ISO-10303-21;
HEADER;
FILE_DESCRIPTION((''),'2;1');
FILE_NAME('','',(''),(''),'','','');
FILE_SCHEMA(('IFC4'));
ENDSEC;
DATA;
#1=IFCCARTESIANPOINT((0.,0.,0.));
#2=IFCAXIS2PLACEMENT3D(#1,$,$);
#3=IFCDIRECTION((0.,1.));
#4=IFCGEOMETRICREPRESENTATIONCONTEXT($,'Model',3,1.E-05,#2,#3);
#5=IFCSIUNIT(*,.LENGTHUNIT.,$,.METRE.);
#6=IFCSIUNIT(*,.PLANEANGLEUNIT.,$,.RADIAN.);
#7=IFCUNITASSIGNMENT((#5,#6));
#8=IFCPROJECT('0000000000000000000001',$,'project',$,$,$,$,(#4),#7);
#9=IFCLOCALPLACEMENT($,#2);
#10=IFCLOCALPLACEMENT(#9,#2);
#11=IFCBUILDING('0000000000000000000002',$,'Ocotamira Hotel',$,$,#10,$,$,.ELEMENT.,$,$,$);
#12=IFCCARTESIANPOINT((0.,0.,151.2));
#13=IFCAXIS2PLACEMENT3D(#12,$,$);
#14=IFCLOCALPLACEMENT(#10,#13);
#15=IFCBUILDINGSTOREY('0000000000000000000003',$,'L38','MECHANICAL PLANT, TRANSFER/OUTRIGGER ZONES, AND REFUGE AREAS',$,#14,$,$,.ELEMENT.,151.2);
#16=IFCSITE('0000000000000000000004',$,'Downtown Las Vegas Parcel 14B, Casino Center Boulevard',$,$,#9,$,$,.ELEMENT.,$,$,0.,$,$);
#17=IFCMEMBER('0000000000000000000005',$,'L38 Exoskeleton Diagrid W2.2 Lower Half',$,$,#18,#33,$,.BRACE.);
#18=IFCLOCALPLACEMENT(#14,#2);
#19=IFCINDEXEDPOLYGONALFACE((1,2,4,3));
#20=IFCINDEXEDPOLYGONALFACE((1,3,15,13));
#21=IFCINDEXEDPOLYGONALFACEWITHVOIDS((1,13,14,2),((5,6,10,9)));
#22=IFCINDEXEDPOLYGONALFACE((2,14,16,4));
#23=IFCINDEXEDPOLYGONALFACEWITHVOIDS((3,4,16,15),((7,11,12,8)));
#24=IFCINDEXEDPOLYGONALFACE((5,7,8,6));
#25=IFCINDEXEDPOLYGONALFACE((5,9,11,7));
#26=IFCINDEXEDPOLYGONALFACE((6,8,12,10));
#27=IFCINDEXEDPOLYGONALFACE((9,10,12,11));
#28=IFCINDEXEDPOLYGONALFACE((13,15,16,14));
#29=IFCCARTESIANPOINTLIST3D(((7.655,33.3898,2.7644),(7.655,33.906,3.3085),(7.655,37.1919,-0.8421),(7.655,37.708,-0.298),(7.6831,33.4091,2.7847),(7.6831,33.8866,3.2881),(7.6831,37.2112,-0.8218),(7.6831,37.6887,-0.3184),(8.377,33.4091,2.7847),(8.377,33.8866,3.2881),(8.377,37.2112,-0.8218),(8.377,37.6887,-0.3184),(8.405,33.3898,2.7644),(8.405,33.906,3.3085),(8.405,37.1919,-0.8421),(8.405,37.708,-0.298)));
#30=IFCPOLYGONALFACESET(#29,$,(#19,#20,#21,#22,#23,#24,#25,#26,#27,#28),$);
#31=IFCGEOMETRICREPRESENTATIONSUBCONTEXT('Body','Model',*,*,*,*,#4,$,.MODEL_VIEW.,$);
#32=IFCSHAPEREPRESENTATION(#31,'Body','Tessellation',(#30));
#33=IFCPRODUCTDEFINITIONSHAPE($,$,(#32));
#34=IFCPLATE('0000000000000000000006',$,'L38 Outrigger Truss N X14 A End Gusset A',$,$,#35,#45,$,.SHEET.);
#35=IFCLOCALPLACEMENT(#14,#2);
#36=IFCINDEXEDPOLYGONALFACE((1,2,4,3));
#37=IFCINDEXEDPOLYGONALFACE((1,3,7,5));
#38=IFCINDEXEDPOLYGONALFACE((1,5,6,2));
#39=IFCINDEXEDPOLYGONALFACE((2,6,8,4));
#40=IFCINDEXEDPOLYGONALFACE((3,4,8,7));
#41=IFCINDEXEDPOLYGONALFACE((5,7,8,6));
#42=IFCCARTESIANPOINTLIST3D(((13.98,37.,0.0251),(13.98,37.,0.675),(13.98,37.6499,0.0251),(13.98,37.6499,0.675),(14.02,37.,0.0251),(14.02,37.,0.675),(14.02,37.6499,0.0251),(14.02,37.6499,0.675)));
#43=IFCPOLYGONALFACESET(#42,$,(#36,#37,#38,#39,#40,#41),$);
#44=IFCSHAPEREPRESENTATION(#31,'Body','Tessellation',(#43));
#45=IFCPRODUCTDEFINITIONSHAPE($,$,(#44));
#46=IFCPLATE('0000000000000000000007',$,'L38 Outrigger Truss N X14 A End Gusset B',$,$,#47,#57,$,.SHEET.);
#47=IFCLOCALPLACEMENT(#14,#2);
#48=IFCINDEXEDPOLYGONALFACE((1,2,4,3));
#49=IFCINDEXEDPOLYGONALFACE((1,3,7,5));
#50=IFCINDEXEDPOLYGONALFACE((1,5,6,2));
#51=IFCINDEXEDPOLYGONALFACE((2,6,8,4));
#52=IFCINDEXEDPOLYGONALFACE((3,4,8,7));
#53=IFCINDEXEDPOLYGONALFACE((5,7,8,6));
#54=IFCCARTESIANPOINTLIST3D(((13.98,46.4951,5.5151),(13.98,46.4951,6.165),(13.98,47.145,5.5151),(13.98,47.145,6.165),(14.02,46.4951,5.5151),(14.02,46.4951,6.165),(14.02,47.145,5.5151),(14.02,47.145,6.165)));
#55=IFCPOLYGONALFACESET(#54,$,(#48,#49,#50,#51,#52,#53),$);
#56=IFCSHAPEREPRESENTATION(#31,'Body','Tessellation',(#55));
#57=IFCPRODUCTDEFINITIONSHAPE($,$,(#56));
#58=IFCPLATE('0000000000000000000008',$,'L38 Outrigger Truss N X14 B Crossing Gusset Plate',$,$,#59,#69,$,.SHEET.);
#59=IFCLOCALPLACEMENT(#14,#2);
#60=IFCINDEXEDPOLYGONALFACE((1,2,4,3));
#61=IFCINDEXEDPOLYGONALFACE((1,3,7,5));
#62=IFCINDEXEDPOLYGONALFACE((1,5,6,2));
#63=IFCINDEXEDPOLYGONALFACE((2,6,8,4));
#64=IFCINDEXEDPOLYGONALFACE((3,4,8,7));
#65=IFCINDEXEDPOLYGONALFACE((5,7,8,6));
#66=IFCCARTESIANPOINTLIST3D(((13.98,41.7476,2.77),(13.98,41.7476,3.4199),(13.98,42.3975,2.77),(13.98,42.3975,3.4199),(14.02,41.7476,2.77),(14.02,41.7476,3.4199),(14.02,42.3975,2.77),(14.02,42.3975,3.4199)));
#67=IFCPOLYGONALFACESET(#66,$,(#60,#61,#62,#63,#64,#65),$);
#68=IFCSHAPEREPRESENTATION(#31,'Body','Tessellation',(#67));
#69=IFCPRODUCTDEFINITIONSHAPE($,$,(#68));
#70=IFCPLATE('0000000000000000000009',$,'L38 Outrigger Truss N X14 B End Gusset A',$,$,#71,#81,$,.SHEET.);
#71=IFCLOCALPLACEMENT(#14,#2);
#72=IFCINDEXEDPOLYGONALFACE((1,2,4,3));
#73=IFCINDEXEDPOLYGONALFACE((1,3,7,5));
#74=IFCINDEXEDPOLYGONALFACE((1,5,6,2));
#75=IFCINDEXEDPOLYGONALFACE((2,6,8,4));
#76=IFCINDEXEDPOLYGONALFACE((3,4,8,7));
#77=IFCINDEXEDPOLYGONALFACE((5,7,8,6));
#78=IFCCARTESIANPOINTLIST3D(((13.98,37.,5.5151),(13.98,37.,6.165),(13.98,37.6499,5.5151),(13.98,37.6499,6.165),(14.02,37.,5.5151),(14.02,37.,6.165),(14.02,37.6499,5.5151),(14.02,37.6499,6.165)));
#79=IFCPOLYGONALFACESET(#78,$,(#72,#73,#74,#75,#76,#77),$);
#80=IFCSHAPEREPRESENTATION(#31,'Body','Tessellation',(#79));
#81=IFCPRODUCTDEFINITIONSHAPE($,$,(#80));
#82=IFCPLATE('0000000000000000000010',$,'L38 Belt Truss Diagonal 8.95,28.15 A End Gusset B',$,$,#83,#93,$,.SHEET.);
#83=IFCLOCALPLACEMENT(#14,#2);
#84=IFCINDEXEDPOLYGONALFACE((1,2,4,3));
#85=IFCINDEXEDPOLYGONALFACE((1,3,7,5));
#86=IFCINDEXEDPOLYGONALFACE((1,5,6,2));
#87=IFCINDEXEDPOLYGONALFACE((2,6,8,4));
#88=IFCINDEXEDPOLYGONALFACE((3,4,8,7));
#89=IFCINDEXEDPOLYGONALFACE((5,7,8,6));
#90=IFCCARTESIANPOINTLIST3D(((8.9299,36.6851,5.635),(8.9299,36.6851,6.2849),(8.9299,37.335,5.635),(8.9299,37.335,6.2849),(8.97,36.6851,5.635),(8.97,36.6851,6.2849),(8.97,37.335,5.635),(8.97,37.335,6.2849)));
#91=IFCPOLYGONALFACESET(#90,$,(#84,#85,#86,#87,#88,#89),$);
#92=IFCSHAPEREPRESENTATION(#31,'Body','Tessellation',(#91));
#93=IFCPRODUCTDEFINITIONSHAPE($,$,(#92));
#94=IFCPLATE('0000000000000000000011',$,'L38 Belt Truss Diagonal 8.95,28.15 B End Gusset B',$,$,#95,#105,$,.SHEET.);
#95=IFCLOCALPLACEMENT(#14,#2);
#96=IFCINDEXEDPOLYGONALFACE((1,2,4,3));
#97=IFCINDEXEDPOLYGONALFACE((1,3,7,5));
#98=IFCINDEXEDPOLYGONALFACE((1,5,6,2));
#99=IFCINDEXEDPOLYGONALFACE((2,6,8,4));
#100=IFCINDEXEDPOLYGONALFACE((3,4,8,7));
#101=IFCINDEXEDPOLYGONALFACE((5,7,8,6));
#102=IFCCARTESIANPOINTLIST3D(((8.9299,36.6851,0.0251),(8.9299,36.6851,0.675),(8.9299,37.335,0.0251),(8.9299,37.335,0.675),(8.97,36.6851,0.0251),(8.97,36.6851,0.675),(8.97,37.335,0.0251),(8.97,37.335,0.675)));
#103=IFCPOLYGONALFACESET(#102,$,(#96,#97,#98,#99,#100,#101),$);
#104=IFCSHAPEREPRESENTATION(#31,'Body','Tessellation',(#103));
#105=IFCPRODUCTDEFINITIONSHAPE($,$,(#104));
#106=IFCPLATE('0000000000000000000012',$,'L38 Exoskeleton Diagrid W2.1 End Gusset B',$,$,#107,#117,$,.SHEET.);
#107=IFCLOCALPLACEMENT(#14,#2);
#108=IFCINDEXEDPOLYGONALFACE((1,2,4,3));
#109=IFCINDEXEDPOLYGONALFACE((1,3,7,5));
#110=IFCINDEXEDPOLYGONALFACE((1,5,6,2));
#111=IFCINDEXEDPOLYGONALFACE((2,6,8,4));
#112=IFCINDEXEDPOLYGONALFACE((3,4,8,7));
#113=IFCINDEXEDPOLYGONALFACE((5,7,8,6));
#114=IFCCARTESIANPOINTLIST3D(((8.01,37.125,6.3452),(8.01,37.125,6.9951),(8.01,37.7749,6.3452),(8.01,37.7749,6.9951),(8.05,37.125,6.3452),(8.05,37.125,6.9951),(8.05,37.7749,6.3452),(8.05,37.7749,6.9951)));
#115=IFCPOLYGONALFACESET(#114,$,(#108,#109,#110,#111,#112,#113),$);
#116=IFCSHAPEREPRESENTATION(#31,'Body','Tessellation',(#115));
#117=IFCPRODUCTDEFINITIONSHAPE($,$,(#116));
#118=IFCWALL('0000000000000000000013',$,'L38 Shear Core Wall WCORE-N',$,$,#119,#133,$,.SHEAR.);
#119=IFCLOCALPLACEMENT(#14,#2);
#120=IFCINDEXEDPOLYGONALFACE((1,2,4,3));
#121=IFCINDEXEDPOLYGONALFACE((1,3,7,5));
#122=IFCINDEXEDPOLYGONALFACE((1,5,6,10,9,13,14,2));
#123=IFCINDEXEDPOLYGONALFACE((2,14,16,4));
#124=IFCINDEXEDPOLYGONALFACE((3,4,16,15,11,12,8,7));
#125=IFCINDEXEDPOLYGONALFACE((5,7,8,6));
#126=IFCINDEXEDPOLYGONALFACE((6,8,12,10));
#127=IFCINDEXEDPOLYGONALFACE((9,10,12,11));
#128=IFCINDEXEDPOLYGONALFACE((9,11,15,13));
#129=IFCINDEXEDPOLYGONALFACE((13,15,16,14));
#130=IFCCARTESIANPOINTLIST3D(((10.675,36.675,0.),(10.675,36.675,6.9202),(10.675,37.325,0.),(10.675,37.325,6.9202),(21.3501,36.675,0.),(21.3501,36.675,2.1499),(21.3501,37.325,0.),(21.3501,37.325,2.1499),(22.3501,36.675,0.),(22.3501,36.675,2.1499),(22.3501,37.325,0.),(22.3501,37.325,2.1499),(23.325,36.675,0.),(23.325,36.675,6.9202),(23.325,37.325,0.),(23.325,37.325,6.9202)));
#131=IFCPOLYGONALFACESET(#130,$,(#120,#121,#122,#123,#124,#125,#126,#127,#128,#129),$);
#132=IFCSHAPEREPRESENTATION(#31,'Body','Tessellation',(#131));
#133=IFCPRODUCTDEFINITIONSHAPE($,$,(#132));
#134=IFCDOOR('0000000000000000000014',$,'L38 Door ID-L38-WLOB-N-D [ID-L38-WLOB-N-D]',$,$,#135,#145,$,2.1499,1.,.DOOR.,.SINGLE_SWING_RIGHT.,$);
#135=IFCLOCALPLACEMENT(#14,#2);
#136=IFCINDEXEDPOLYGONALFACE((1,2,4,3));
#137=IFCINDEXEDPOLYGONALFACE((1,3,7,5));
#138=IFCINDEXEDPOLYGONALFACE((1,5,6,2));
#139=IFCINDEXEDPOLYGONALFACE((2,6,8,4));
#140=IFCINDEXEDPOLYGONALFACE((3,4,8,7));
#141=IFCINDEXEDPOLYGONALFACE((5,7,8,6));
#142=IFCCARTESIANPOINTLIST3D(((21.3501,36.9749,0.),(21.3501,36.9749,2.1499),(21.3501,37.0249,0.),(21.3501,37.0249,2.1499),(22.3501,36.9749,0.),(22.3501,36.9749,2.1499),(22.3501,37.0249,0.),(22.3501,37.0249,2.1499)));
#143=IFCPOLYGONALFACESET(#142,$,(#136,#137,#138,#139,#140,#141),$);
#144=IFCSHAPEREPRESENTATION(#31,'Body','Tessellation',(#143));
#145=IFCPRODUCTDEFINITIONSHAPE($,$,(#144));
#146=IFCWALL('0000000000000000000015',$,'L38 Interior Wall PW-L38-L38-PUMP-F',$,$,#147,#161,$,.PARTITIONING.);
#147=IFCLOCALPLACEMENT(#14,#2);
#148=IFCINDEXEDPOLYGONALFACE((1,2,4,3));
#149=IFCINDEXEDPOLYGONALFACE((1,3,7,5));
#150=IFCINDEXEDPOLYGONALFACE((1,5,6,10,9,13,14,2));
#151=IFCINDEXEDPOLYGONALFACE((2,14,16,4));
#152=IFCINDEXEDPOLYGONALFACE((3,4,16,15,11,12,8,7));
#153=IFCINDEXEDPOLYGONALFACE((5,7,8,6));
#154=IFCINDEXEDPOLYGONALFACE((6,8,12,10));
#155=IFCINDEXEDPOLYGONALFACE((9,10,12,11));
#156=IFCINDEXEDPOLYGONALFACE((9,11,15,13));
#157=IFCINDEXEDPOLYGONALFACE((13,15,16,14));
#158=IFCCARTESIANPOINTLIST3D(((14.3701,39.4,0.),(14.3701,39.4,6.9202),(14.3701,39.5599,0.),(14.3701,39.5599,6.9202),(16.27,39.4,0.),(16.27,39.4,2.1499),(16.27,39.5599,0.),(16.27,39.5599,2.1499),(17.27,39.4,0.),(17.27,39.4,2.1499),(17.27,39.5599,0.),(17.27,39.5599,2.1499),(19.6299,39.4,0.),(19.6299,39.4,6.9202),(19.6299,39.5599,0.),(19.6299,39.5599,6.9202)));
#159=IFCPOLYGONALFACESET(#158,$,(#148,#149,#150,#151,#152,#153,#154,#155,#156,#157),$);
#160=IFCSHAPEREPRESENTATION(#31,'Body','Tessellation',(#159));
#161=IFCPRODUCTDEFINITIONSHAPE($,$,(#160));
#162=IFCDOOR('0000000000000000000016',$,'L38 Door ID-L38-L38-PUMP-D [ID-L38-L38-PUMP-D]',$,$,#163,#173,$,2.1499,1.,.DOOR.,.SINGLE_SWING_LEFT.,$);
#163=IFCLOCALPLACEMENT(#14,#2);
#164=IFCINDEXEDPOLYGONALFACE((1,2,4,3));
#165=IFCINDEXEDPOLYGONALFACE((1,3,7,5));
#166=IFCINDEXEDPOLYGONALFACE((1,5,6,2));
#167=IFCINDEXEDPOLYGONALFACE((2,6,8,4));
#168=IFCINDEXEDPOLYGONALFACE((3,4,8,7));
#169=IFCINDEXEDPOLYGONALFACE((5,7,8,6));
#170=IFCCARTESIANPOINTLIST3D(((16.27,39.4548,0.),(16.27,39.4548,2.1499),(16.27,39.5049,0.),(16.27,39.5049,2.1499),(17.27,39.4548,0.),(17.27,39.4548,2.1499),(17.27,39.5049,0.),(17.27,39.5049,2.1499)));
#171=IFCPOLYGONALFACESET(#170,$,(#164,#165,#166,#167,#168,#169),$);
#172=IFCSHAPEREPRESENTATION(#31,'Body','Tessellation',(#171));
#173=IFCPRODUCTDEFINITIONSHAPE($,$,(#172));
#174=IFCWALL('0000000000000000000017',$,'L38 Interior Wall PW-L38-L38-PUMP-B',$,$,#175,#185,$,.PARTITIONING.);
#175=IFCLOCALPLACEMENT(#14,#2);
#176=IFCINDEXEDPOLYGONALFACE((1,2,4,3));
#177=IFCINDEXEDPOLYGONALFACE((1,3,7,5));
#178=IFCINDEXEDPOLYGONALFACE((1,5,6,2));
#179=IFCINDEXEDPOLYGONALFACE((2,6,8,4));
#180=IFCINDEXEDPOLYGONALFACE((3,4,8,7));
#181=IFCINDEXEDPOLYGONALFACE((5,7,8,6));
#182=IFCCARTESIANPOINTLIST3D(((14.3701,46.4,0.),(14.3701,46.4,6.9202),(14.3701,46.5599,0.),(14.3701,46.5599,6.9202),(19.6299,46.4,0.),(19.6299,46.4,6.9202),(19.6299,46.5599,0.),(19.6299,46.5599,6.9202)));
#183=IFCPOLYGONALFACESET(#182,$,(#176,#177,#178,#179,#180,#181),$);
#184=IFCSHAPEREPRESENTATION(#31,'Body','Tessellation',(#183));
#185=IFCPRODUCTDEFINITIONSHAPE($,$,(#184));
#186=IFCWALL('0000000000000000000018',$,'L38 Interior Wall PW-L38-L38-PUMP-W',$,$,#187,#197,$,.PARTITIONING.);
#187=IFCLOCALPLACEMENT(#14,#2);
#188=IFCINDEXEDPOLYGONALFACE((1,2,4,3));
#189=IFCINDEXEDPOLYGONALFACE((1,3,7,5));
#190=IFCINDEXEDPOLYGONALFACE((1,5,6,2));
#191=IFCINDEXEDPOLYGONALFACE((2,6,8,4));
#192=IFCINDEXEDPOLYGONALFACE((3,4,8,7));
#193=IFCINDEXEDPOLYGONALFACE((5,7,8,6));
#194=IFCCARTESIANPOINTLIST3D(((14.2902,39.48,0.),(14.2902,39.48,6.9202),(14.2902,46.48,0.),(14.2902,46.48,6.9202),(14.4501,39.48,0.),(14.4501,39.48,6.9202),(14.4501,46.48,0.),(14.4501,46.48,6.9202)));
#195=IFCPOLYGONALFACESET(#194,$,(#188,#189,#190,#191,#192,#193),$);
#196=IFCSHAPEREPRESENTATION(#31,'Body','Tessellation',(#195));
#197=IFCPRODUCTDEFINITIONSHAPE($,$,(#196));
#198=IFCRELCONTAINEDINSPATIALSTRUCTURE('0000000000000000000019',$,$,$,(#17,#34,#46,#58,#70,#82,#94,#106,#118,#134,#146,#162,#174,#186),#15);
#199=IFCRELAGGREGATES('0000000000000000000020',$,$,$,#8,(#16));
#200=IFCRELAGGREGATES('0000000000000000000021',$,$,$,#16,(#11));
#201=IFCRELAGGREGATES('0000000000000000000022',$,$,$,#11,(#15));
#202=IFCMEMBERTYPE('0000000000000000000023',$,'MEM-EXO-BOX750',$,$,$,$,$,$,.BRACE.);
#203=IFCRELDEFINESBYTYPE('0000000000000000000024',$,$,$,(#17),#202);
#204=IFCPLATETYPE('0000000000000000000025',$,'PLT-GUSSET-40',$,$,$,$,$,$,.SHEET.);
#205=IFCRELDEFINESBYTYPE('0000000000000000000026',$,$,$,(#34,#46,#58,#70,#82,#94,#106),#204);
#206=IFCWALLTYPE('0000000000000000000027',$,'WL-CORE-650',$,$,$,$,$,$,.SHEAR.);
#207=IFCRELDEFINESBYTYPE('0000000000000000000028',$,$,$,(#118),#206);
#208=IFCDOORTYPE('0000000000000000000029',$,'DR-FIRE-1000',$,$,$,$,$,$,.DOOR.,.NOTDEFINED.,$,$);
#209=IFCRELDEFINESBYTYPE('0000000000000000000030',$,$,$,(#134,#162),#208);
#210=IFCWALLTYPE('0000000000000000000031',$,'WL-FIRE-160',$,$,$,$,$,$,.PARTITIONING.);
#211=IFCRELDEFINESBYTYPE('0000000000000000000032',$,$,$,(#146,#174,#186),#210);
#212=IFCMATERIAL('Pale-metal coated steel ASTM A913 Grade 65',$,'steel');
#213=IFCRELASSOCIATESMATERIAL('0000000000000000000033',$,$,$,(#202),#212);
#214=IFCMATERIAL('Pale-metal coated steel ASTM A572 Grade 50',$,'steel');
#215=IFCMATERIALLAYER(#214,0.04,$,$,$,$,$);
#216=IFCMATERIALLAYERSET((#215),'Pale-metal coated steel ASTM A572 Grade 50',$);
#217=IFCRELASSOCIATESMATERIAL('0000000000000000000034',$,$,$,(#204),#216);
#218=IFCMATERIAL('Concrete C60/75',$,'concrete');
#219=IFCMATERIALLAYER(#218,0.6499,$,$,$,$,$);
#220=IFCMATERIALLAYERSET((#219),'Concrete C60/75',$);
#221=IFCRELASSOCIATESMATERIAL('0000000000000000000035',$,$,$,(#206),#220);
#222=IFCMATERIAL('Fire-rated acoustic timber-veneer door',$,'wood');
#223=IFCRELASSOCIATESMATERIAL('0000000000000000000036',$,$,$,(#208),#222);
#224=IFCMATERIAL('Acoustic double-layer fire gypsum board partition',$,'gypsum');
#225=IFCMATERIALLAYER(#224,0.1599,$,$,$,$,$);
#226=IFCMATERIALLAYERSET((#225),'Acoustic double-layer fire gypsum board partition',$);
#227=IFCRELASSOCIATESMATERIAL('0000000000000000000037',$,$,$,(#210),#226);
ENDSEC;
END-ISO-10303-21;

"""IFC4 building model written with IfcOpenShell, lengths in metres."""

from ifc_helpers import new_model, si_unit, direction, frame, frame_2d, origin, origin_2d, place, context, subcontext, project, spatial, rectangle, hollow_rectangle, extrude, source, transform, mapped, material, layer, layer_set, material_profile, profile_set, type_object, element, fill, save


model = new_model("IFC4")

# Units and contexts
model_context = context("Model", 3, precision=1e-05, world=origin(), true_north=direction((0.0, 1.0)))
body_context = subcontext(model_context, "Body", "Model", "MODEL_VIEW")
ifc_project = project(units=[si_unit("LENGTHUNIT", "METRE"), si_unit("PLANEANGLEUNIT", "RADIAN")], contexts=[model_context])

# Site, building, storey
site_placement = place(None, origin())
site = spatial("IfcSite", under=ifc_project, at=site_placement, Name="Downtown Las Vegas Parcel 14B, Casino Center Boulevard", CompositionType="ELEMENT", RefElevation=0.0)
building_placement = place(site_placement, origin())
building = spatial("IfcBuilding", under=site, at=building_placement, Name="Ocotamira Hotel", CompositionType="ELEMENT")
storey_placement = place(building_placement, frame((0.0, 0.0, 151.2)))
storey = spatial("IfcBuildingStorey", under=building, at=storey_placement, Name="L38", Description="MECHANICAL PLANT, TRANSFER/OUTRIGGER ZONES, AND REFUGE AREAS", CompositionType="ELEMENT", Elevation=151.2)

# Member
ifc_material_1 = material(Name="Pale-metal coated steel ASTM A913 Grade 65", Category="steel")
ifc_material_profile_1 = material_profile(ifc_material_1, hollow_rectangle(XDim=0.75, YDim=0.75, WallThickness=0.0281, at=origin_2d()), Name="BOX750X750X28")
ifc_profile_set_1 = profile_set([ifc_material_profile_1], Name="Pale-metal coated steel ASTM A913 Grade 65")
member_type_1 = type_object("IfcMemberType", Name="MEM-EXO-BOX750", PredefinedType="BRACE", material=ifc_profile_set_1)
shared_shape_1 = source(origin(), body_context, "Body", "SweptSolid", [
    extrude(hollow_rectangle(XDim=0.75, YDim=0.75, WallThickness=0.0281, at=origin_2d()), origin(), (0.0, 0.0, 1.0), 5.2405),
])
member_1_placement = place(storey_placement, frame((8.03, 37.45, -0.5701), z_axis=(0.0, -0.725519, 0.688202), x_axis=(1.0, 0.0, 0.0)))
element("IfcMember", 1, at=member_1_placement, inside=storey, type_object=member_type_1, Name="L38 Exoskeleton Diagrid W2.2 Lower Half", PredefinedType="BRACE", context=body_context, shape_type="MappedRepresentation", body=[
    mapped(shared_shape_1, transform((0.0, 0.0, 0.0), scale=1.0)),
])

# Plates
ifc_material_2 = material(Name="Pale-metal coated steel ASTM A572 Grade 50", Category="steel")
ifc_layer_1 = layer(ifc_material_2, 0.04)
ifc_layer_set_1 = layer_set([ifc_layer_1], Name="Pale-metal coated steel ASTM A572 Grade 50")
plate_type = type_object("IfcPlateType", Name="PLT-GUSSET-40", PredefinedType="SHEET", material=ifc_layer_set_1)
shared_shape_2 = source(origin(), body_context, "Body", "SweptSolid", [
    extrude(rectangle(XDim=0.04, YDim=0.6499, at=origin_2d()), origin(), (0.0, 0.0, 1.0), 0.6499),
])
for number, where, z_axis, x_axis, name in (
    (2, (14.0, 37.325, 0.0251), (0.0, 0.0, 1.0), (1.0, 0.0, 0.0), "L38 Outrigger Truss N X14 A End Gusset A"),
    (3, (14.0, 46.8201, 5.5151), (0.0, 0.0, 1.0), (1.0, 0.0, 0.0), "L38 Outrigger Truss N X14 A End Gusset B"),
    (4, (14.0, 42.0725, 2.77), (0.0, 0.0, 1.0), (1.0, 0.0, 0.0), "L38 Outrigger Truss N X14 B Crossing Gusset Plate"),
    (5, (14.0, 37.325, 5.5151), (0.0, 0.0, 1.0), (1.0, 0.0, 0.0), "L38 Outrigger Truss N X14 B End Gusset A"),
    (6, (8.95, 37.01, 5.635), (0.0, 0.0, 1.0), (1.0, 0.0, 0.0), "L38 Belt Truss Diagonal 8.95,28.15 A End Gusset B"),
    (7, (8.95, 37.01, 0.0251), (0.0, 0.0, 1.0), (1.0, 0.0, 0.0), "L38 Belt Truss Diagonal 8.95,28.15 B End Gusset B"),
    (8, (8.03, 37.45, 6.3452), (0.0, 0.0, 1.0), (1.0, 0.0, 0.0), "L38 Exoskeleton Diagrid W2.1 End Gusset B"),
):
    element("IfcPlate", number, at=place(storey_placement, frame(where, z_axis=z_axis, x_axis=x_axis)), inside=storey, type_object=plate_type, Name=name, PredefinedType="SHEET", context=body_context, shape_type="MappedRepresentation", body=[
        mapped(shared_shape_2, transform((0.0, 0.0, 0.0), scale=1.0)),
    ])

# Walls, openings, doors
ifc_material_3 = material(Name="Concrete C60/75", Category="concrete")
ifc_layer_2 = layer(ifc_material_3, 0.6499)
ifc_layer_set_2 = layer_set([ifc_layer_2], Name="Concrete C60/75")
wall_type_1 = type_object("IfcWallType", Name="WL-CORE-650", PredefinedType="SHEAR", material=ifc_layer_set_2)
wall_1_placement = place(storey_placement, frame((10.675, 37.0, 0.0), z_axis=(0.0, 0.0, 1.0), x_axis=(1.0, 0.0, 0.0)))
wall_1 = element("IfcWall", 9, at=wall_1_placement, inside=storey, type_object=wall_type_1, Name="L38 Shear Core Wall WCORE-N", PredefinedType="SHEAR", context=body_context, shape_type="SweptSolid", body=[
    extrude(rectangle(XDim=12.6499, YDim=0.6499, at=frame_2d((6.325, 0.0))), origin(), (0.0, 0.0, 1.0), 6.9202),
])
opening_1_placement = place(wall_1_placement, frame((10.675, 0.0, 0.0)))
opening_1 = element("IfcOpeningElement", 10, at=opening_1_placement, cuts=wall_1, PredefinedType="OPENING", context=body_context, shape_type="SweptSolid", body=[
    extrude(rectangle(XDim=1.0, YDim=2.1499, at=frame_2d((0.5, 1.075))), frame((0.0, 0.335, 0.0), z_axis=(0.0, -1.0, 0.0), x_axis=(1.0, 0.0, 0.0)), (0.0, 0.0, 1.0), 0.6699),
])
ifc_material_4 = material(Name="Fire-rated acoustic timber-veneer door", Category="wood")
door_type = type_object("IfcDoorType", Name="DR-FIRE-1000", OperationType="NOTDEFINED", PredefinedType="DOOR", material=ifc_material_4)
shared_shape_3 = source(origin(), body_context, "Body", "SweptSolid", [
    extrude(rectangle(XDim=1.0, YDim=2.1499, at=frame_2d((0.5, 1.075))), frame((0.0, 0.0249, 0.0), z_axis=(0.0, -1.0, 0.0), x_axis=(1.0, 0.0, 0.0)), (0.0, 0.0, 1.0), 0.05),
])
door_1_placement = place(opening_1_placement, origin())
door_1 = element("IfcDoor", 11, at=door_1_placement, inside=storey, type_object=door_type, Name="L38 Door ID-L38-WLOB-N-D [ID-L38-WLOB-N-D]", OperationType="SINGLE_SWING_RIGHT", OverallHeight=2.1499, OverallWidth=1.0, PredefinedType="DOOR", context=body_context, shape_type="MappedRepresentation", body=[
    mapped(shared_shape_3, transform((0.0, 0.0, 0.0), scale=1.0)),
])
fill(opening_1, door_1)
ifc_material_5 = material(Name="Acoustic double-layer fire gypsum board partition", Category="gypsum")
ifc_layer_3 = layer(ifc_material_5, 0.1599)
ifc_layer_set_3 = layer_set([ifc_layer_3], Name="Acoustic double-layer fire gypsum board partition")
wall_type_2 = type_object("IfcWallType", Name="WL-FIRE-160", PredefinedType="PARTITIONING", material=ifc_layer_set_3)
wall_2_placement = place(storey_placement, frame((14.3701, 39.48, 0.0), z_axis=(0.0, 0.0, 1.0), x_axis=(1.0, 0.0, 0.0)))
wall_2 = element("IfcWall", 12, at=wall_2_placement, inside=storey, type_object=wall_type_2, Name="L38 Interior Wall PW-L38-L38-PUMP-F", PredefinedType="PARTITIONING", context=body_context, shape_type="SweptSolid", body=[
    extrude(rectangle(XDim=5.2598, YDim=0.1599, at=frame_2d((2.6299, 0.0))), origin(), (0.0, 0.0, 1.0), 6.9202),
])
opening_2_placement = place(wall_2_placement, frame((1.8999, 0.0, 0.0)))
opening_2 = element("IfcOpeningElement", 13, at=opening_2_placement, cuts=wall_2, PredefinedType="OPENING", context=body_context, shape_type="SweptSolid", body=[
    extrude(rectangle(XDim=1.0, YDim=2.1499, at=frame_2d((0.5, 1.075))), frame((0.0, 0.0898, 0.0), z_axis=(0.0, -1.0, 0.0), x_axis=(1.0, 0.0, 0.0)), (0.0, 0.0, 1.0), 0.1799),
])
door_2_placement = place(opening_2_placement, origin())
door_2 = element("IfcDoor", 14, at=door_2_placement, inside=storey, type_object=door_type, Name="L38 Door ID-L38-L38-PUMP-D [ID-L38-L38-PUMP-D]", OperationType="SINGLE_SWING_LEFT", OverallHeight=2.1499, OverallWidth=1.0, PredefinedType="DOOR", context=body_context, shape_type="MappedRepresentation", body=[
    mapped(shared_shape_3, transform((0.0, 0.0, 0.0), scale=1.0)),
])
fill(opening_2, door_2)

# Walls
wall_3_placement = place(storey_placement, frame((14.3701, 46.48, 0.0), z_axis=(0.0, 0.0, 1.0), x_axis=(1.0, 0.0, 0.0)))
element("IfcWall", 15, at=wall_3_placement, inside=storey, type_object=wall_type_2, Name="L38 Interior Wall PW-L38-L38-PUMP-B", PredefinedType="PARTITIONING", context=body_context, shape_type="SweptSolid", body=[
    extrude(rectangle(XDim=5.2598, YDim=0.1599, at=frame_2d((2.6299, 0.0))), origin(), (0.0, 0.0, 1.0), 6.9202),
])
for number, where, z_axis, x_axis, name in (
    (16, (14.3701, 39.48, 0.0), (0.0, 0.0, 1.0), (0.0, 1.0, 0.0), "L38 Interior Wall PW-L38-L38-PUMP-W"),
):
    element("IfcWall", number, at=place(storey_placement, frame(where, z_axis=z_axis, x_axis=x_axis)), inside=storey, type_object=wall_type_2, Name=name, PredefinedType="PARTITIONING", context=body_context, shape_type="SweptSolid", body=[
        extrude(rectangle(XDim=7.0, YDim=0.1599, at=frame_2d((3.5, 0.0))), origin(), (0.0, 0.0, 1.0), 6.9202),
    ])

save(model, "model.ifc")
